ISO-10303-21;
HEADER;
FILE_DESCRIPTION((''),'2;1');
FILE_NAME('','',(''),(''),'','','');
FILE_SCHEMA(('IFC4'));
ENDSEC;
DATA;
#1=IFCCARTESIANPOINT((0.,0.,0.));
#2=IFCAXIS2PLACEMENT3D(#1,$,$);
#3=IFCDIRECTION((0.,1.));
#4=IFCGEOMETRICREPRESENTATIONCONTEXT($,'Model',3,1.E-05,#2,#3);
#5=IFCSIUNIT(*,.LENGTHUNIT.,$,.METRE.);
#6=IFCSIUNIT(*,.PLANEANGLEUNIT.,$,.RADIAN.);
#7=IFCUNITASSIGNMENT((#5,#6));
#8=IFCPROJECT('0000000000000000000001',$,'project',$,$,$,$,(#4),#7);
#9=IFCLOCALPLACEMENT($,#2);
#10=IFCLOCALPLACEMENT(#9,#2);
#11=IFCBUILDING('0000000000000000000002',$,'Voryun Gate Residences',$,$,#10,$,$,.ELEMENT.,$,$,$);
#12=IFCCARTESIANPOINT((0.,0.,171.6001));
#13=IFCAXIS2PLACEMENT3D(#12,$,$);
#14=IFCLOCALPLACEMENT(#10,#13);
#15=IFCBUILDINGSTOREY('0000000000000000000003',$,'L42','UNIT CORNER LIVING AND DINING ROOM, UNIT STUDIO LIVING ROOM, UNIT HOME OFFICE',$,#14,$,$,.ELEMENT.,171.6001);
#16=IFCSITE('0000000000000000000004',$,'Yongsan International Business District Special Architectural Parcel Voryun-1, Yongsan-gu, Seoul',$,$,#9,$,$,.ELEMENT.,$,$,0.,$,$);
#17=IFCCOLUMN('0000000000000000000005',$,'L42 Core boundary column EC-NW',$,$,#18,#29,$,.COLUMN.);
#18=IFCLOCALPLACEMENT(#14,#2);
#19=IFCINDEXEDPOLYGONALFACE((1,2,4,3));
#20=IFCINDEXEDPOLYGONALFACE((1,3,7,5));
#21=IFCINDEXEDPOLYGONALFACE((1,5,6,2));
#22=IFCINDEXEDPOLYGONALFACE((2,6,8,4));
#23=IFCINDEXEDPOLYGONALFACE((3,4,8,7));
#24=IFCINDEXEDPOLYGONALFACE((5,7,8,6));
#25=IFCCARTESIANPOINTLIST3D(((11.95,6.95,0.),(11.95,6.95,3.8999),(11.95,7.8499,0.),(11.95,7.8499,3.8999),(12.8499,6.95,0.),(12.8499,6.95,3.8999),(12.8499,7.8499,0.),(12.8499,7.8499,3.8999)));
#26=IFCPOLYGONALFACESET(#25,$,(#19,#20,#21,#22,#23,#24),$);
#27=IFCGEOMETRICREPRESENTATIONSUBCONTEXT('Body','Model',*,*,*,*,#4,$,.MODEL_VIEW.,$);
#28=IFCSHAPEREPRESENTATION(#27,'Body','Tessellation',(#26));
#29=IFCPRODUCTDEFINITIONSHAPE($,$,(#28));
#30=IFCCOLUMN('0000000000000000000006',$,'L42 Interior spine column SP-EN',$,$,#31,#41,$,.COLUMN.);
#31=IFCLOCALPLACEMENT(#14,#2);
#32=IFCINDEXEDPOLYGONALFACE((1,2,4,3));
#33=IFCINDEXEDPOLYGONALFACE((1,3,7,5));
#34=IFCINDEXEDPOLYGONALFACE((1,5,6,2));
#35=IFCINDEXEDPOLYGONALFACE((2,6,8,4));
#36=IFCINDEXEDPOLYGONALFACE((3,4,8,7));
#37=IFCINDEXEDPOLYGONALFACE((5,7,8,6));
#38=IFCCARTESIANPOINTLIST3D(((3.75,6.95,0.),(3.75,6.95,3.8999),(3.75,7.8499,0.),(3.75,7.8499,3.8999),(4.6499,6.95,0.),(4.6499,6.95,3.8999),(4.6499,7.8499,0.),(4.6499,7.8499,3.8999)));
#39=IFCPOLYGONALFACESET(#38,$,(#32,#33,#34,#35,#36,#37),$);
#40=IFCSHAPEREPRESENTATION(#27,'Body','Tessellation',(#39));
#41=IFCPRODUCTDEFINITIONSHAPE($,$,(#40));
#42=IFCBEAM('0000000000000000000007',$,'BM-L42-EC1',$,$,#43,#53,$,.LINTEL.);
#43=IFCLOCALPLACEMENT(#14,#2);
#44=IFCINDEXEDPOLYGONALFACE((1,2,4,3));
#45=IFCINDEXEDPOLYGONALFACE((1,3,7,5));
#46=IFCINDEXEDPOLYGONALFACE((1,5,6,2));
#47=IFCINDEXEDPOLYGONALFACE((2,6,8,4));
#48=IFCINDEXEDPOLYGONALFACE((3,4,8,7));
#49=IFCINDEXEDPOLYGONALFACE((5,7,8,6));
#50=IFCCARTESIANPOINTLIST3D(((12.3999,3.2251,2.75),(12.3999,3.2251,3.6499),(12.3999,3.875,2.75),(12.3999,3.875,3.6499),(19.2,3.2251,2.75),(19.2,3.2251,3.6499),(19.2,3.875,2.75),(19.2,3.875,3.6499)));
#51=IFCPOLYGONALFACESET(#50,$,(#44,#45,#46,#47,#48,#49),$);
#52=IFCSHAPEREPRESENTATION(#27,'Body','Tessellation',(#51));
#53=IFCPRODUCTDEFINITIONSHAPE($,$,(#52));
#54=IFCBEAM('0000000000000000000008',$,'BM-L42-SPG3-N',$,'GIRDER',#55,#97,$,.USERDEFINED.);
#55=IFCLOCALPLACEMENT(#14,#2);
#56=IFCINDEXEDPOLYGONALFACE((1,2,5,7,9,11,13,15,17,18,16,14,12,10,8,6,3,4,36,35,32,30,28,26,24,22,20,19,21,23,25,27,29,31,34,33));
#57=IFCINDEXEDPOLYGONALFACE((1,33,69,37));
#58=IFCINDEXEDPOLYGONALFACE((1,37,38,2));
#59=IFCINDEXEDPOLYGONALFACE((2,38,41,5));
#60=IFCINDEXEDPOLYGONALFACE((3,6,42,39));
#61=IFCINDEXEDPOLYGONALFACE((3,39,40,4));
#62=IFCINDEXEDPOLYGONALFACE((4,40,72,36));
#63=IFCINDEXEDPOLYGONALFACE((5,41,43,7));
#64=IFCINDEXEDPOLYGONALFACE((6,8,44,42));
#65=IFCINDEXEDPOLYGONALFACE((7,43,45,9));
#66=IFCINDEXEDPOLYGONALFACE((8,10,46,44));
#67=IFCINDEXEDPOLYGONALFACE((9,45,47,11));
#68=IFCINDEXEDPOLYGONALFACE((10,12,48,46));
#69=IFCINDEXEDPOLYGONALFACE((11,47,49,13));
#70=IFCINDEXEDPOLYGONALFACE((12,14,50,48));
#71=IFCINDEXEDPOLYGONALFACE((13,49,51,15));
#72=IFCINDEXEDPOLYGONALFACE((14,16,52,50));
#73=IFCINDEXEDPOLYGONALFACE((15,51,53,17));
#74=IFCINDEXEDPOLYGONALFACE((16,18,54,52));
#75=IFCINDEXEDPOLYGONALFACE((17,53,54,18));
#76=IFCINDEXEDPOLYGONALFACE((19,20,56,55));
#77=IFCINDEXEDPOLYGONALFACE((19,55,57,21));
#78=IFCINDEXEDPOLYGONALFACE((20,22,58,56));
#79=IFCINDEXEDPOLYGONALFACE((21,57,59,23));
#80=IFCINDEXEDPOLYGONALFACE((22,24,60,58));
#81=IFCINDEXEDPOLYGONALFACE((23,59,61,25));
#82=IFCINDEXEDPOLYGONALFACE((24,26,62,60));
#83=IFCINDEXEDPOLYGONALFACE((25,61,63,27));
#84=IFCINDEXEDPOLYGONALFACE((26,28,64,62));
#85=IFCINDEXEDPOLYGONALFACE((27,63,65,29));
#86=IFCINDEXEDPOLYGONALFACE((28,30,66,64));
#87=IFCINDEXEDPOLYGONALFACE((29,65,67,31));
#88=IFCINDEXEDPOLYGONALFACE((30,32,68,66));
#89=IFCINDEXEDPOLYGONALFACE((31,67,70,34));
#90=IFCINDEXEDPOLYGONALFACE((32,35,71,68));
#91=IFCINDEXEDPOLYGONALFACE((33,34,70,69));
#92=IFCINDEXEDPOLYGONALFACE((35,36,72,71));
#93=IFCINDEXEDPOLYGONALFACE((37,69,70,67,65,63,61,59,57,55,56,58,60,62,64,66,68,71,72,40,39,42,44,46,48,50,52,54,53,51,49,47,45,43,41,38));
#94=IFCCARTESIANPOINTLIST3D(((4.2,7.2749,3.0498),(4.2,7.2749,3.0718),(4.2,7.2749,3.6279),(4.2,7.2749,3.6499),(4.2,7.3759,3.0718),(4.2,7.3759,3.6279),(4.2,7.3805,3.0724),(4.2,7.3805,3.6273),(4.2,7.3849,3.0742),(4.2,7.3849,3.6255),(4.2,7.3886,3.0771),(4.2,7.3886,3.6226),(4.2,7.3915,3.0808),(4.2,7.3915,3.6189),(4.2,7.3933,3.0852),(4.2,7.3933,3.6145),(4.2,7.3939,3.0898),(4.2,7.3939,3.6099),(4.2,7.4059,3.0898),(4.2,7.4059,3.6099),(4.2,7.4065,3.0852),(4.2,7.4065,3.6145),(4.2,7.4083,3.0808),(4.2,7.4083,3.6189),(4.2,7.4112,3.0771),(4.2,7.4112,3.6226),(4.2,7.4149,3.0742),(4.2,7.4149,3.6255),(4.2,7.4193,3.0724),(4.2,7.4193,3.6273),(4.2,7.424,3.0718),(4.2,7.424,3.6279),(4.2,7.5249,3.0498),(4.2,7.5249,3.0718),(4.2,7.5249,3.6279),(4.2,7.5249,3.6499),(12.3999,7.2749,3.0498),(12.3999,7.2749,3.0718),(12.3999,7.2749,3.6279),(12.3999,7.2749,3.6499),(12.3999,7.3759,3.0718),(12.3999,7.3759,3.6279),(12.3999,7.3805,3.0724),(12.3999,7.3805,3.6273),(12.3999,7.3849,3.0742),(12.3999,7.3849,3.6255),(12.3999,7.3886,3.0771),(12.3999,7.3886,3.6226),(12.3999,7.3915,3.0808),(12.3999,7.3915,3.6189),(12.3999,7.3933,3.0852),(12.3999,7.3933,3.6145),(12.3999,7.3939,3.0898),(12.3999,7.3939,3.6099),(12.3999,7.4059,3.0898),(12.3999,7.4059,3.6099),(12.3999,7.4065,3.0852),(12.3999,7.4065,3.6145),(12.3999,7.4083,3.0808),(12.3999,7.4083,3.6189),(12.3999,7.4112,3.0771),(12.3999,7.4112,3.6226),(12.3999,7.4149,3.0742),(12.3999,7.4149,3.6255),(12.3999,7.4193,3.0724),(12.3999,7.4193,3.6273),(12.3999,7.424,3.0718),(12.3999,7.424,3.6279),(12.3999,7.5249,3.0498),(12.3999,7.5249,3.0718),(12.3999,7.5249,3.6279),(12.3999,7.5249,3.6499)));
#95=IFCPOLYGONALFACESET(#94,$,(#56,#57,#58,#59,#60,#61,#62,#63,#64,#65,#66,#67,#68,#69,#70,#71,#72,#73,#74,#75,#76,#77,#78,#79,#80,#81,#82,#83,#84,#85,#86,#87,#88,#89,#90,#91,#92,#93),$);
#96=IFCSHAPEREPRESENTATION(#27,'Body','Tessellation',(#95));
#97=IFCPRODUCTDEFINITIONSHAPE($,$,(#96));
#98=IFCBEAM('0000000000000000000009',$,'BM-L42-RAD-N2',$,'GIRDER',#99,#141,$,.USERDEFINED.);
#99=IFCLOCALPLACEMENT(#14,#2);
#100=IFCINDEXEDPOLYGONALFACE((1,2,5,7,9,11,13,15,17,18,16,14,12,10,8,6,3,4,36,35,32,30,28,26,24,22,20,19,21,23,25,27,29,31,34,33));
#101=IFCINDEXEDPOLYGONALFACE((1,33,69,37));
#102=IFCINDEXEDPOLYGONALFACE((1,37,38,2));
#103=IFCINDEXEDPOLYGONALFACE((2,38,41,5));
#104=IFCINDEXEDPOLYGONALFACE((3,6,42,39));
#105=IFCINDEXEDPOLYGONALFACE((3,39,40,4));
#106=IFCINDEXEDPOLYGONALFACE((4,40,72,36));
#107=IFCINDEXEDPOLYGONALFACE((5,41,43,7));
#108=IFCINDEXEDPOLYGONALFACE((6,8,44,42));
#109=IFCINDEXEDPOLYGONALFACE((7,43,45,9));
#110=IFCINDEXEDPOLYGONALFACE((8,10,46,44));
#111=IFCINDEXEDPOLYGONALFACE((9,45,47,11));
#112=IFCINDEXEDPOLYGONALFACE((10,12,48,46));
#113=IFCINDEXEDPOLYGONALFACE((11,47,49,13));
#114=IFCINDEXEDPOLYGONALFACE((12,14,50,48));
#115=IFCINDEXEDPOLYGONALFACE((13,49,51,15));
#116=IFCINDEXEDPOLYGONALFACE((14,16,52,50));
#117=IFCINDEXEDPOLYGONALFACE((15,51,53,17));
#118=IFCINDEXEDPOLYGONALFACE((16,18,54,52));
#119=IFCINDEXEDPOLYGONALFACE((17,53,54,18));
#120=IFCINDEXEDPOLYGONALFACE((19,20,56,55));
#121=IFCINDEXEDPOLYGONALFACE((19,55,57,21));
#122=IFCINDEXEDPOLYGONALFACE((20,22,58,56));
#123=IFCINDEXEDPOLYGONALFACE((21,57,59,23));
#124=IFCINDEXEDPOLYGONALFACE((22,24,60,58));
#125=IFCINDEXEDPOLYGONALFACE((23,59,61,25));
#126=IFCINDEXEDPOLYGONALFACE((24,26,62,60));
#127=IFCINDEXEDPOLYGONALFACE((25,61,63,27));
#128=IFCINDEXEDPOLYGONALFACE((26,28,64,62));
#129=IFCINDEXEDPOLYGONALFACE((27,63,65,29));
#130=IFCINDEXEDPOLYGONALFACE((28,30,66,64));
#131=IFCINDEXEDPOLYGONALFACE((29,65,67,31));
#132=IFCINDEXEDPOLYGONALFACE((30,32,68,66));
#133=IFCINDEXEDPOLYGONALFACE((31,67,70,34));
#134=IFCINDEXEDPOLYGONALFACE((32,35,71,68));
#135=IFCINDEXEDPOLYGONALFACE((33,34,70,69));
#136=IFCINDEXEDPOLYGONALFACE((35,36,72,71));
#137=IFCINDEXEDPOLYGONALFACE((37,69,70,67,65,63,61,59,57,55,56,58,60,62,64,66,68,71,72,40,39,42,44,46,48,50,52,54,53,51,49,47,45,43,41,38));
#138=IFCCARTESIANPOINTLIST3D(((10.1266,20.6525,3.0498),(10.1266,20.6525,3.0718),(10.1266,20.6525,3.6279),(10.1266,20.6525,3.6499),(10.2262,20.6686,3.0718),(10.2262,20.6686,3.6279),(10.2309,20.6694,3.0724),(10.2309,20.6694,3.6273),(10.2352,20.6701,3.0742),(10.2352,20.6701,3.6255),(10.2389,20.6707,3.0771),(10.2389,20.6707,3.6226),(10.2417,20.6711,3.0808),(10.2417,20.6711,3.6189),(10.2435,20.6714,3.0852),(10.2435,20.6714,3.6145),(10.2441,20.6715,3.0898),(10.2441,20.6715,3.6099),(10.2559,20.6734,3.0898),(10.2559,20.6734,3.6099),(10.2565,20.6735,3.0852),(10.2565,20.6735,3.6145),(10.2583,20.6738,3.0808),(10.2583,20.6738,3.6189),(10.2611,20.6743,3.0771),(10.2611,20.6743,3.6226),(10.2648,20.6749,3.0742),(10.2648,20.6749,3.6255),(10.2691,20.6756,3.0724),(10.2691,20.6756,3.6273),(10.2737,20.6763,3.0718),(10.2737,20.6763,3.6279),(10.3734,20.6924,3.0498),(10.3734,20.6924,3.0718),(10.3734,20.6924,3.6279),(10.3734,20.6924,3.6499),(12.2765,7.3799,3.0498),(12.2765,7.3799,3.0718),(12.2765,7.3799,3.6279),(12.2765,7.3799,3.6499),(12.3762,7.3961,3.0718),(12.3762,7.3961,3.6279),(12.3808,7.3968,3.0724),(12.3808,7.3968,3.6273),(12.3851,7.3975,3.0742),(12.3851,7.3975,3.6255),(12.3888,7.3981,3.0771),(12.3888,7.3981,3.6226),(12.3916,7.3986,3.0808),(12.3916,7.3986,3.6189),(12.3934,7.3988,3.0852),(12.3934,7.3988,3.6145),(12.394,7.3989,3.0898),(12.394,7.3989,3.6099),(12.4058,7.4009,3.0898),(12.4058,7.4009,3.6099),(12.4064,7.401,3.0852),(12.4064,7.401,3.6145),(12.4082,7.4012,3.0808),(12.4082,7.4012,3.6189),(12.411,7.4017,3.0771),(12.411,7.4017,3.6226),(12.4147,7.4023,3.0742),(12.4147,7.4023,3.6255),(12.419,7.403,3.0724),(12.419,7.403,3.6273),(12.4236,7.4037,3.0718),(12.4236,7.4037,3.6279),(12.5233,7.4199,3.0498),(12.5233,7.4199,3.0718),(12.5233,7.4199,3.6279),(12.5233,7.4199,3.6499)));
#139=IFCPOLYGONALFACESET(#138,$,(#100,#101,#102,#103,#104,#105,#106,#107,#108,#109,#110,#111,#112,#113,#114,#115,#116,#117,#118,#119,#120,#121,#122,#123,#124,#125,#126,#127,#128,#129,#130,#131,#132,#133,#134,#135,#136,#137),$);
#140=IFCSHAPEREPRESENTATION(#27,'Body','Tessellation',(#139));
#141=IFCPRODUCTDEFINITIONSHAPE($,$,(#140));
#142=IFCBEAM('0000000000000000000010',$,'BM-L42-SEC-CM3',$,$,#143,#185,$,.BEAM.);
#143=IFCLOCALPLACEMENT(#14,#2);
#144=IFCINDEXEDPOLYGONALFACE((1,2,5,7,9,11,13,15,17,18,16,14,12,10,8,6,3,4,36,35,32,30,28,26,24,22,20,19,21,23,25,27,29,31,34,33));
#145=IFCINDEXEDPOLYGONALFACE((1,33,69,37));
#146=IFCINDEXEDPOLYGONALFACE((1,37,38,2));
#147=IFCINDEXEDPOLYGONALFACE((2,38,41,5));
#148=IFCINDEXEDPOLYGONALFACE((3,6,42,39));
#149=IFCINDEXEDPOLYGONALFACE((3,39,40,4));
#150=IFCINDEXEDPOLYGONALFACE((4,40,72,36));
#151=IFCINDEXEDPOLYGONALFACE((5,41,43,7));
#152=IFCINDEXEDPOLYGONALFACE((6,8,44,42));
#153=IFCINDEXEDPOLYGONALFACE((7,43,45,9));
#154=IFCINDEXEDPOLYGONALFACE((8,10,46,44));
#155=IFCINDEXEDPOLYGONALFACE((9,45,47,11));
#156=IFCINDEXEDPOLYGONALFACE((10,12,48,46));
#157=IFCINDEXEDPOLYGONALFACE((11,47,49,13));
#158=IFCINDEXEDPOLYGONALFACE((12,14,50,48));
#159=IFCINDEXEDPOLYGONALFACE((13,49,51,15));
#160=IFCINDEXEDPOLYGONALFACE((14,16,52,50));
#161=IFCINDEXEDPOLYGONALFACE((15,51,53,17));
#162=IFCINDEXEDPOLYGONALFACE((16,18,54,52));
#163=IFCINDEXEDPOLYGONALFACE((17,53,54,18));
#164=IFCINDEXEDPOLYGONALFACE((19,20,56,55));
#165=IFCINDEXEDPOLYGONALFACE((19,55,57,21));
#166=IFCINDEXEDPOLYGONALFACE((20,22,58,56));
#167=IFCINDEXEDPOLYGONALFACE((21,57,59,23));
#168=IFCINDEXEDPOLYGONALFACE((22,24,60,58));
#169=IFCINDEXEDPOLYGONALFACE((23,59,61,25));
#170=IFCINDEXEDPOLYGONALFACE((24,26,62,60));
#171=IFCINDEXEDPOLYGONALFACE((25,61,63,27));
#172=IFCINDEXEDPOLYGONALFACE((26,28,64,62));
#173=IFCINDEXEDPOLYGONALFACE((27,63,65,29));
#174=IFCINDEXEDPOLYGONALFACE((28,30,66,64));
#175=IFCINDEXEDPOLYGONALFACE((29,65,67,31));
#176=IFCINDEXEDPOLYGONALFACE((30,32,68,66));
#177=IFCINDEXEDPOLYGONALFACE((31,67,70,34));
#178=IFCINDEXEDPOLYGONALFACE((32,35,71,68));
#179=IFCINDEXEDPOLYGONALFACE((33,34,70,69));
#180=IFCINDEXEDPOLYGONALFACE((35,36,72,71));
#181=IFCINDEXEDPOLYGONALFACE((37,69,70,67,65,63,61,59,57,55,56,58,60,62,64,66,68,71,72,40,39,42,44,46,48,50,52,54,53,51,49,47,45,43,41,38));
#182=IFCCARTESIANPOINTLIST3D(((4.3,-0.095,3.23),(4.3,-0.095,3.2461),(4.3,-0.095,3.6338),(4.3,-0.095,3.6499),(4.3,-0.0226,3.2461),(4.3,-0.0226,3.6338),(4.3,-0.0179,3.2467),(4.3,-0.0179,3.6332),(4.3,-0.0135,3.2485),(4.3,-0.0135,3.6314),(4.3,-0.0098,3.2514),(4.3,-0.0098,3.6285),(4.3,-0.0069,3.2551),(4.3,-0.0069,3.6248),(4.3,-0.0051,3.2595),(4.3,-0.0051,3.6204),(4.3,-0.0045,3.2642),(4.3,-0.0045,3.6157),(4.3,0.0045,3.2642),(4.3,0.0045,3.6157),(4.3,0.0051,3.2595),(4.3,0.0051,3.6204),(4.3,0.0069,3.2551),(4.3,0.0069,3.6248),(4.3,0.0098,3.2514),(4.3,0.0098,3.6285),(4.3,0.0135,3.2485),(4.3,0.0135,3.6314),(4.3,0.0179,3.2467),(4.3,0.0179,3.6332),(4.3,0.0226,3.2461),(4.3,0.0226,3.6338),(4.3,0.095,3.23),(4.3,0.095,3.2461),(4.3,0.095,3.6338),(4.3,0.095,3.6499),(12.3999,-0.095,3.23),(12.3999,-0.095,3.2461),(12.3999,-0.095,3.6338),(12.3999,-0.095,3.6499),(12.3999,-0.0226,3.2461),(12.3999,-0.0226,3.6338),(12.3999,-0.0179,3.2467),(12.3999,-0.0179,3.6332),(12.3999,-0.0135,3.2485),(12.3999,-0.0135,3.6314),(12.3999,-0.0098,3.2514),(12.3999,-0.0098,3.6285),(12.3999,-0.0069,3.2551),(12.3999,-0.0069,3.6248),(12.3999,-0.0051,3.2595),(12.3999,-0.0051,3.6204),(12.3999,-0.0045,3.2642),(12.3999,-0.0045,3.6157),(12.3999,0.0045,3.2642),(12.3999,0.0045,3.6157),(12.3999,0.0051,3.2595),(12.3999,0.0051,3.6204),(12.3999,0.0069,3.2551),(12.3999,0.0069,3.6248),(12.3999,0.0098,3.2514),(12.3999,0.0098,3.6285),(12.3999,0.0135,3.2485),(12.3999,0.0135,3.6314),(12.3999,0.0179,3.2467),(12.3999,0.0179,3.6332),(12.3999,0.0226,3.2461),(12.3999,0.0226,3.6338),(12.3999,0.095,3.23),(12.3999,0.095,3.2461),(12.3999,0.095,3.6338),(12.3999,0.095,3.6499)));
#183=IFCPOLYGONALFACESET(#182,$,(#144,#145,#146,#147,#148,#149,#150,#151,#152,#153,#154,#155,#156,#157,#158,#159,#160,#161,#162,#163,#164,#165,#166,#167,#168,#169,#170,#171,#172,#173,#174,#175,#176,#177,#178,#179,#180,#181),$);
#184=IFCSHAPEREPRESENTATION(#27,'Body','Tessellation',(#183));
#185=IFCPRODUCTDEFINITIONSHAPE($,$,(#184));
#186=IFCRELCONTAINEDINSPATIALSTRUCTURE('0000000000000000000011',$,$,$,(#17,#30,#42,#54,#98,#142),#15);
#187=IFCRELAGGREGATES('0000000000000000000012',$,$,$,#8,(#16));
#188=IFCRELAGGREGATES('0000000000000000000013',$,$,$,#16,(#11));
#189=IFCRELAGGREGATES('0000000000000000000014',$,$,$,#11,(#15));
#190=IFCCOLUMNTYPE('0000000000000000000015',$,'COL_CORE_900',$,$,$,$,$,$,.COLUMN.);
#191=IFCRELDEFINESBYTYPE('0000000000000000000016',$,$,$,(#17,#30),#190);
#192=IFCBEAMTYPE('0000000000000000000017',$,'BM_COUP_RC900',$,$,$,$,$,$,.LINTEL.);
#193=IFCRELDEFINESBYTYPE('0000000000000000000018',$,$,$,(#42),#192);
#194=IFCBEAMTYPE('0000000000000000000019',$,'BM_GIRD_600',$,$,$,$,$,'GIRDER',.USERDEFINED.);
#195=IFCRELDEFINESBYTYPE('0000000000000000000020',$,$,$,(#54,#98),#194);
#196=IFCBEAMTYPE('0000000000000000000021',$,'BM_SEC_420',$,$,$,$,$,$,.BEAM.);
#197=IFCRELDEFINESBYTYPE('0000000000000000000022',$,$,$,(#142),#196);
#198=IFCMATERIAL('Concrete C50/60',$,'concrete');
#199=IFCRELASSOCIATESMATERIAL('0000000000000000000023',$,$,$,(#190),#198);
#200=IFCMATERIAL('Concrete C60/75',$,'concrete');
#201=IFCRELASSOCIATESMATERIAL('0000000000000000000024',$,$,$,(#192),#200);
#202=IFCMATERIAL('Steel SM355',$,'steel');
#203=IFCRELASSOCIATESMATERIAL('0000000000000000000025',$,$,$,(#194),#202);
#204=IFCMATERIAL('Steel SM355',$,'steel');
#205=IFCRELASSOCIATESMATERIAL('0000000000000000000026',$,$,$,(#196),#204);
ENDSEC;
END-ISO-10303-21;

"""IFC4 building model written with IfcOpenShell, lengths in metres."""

from ifc_helpers import new_model, si_unit, direction, frame, origin, origin_2d, place, context, subcontext, project, spatial, rectangle, i_section, extrude, material, material_profile, profile_set, type_object, element, save


model = new_model("IFC4")

# Units and contexts
model_context = context("Model", 3, precision=1e-05, world=origin(), true_north=direction((0.0, 1.0)))
body_context = subcontext(model_context, "Body", "Model", "MODEL_VIEW")
ifc_project = project(units=[si_unit("LENGTHUNIT", "METRE"), si_unit("PLANEANGLEUNIT", "RADIAN")], contexts=[model_context])

# Site, building, storey
site_placement = place(None, origin())
site = spatial("IfcSite", under=ifc_project, at=site_placement, Name="Yongsan International Business District Special Architectural Parcel Voryun-1, Yongsan-gu, Seoul", CompositionType="ELEMENT", RefElevation=0.0)
building_placement = place(site_placement, origin())
building = spatial("IfcBuilding", under=site, at=building_placement, Name="Voryun Gate Residences", CompositionType="ELEMENT")
storey_placement = place(building_placement, frame((0.0, 0.0, 171.6001)))
storey = spatial("IfcBuildingStorey", under=building, at=storey_placement, Name="L42", Description="UNIT CORNER LIVING AND DINING ROOM, UNIT STUDIO LIVING ROOM, UNIT HOME OFFICE", CompositionType="ELEMENT", Elevation=171.6001)

# Columns
ifc_material_1 = material(Name="Concrete C50/60", Category="concrete")
ifc_material_profile_1 = material_profile(ifc_material_1, rectangle(XDim=0.8999, YDim=0.8999, at=origin_2d()), Name="RC-900x900")
ifc_profile_set_1 = profile_set([ifc_material_profile_1], Name="Concrete C50/60")
column_type = type_object("IfcColumnType", Name="COL_CORE_900", PredefinedType="COLUMN", material=ifc_profile_set_1)
for number, where, z_axis, x_axis, name in (
    (1, (12.3999, 7.3999, 0.0), (0.0, 0.0, 1.0), (1.0, 0.0, 0.0), "L42 Core boundary column EC-NW"),
    (2, (4.2, 7.3999, 0.0), (0.0, 0.0, 1.0), (1.0, 0.0, 0.0), "L42 Interior spine column SP-EN"),
):
    element("IfcColumn", number, at=place(storey_placement, frame(where, z_axis=z_axis, x_axis=x_axis)), inside=storey, type_object=column_type, Name=name, PredefinedType="COLUMN", context=body_context, shape_type="SweptSolid", body=[
        extrude(rectangle(XDim=0.8999, YDim=0.8999, at=origin_2d()), origin(), (0.0, 0.0, 1.0), 3.8999),
    ])

# Beams
ifc_material_2 = material(Name="Concrete C60/75", Category="concrete")
ifc_material_profile_2 = material_profile(ifc_material_2, rectangle(XDim=0.6499, YDim=0.8999, at=origin_2d()), Name="RC-650x900")
ifc_profile_set_2 = profile_set([ifc_material_profile_2], Name="Concrete C60/75")
beam_type_1 = type_object("IfcBeamType", Name="BM_COUP_RC900", PredefinedType="LINTEL", material=ifc_profile_set_2)
beam_1_placement = place(storey_placement, frame((12.3999, 3.55, 3.2), z_axis=(1.0, 0.0, 0.0), x_axis=(0.0, 1.0, 0.0)))
element("IfcBeam", 3, at=beam_1_placement, inside=storey, type_object=beam_type_1, Name="BM-L42-EC1", PredefinedType="LINTEL", context=body_context, shape_type="SweptSolid", body=[
    extrude(rectangle(XDim=0.6499, YDim=0.8999, at=origin_2d()), origin(), (0.0, 0.0, 1.0), 6.8),
])
ifc_material_3 = material(Name="Steel SM355", Category="steel")
ifc_material_profile_3 = material_profile(ifc_material_3, i_section(OverallWidth=0.25, OverallDepth=0.6001, WebThickness=0.012, FlangeThickness=0.022, FilletRadius=0.0181, at=origin_2d()), Name="H-600x250x12x22")
ifc_profile_set_3 = profile_set([ifc_material_profile_3], Name="Steel SM355")
beam_type_2 = type_object("IfcBeamType", Name="BM_GIRD_600", ElementType="GIRDER", PredefinedType="USERDEFINED", material=ifc_profile_set_3)
beam_2_placement = place(storey_placement, frame((4.2, 7.3999, 3.3499), z_axis=(1.0, 0.0, 0.0), x_axis=(0.0, 1.0, 0.0)))
element("IfcBeam", 4, at=beam_2_placement, inside=storey, type_object=beam_type_2, Name="BM-L42-SPG3-N", ObjectType="GIRDER", PredefinedType="USERDEFINED", context=body_context, shape_type="SweptSolid", body=[
    extrude(i_section(OverallWidth=0.25, OverallDepth=0.6001, WebThickness=0.012, FlangeThickness=0.022, FilletRadius=0.0181, at=origin_2d()), origin(), (0.0, 0.0, 1.0), 8.2),
])
beam_3_placement = place(storey_placement, frame((12.3999, 7.3999, 3.3499), z_axis=(-0.159898, 0.987134, 0.0), x_axis=(-0.987134, -0.159898, 0.0)))
element("IfcBeam", 5, at=beam_3_placement, inside=storey, type_object=beam_type_2, Name="BM-L42-RAD-N2", ObjectType="GIRDER", PredefinedType="USERDEFINED", context=body_context, shape_type="SweptSolid", body=[
    extrude(i_section(OverallWidth=0.25, OverallDepth=0.6001, WebThickness=0.012, FlangeThickness=0.022, FilletRadius=0.0181, at=origin_2d()), origin(), (0.0, 0.0, 1.0), 13.4456),
])
ifc_material_4 = material(Name="Steel SM355", Category="steel")
ifc_material_profile_4 = material_profile(ifc_material_4, i_section(OverallWidth=0.1899, OverallDepth=0.4199, WebThickness=0.009, FlangeThickness=0.0161, FilletRadius=0.0181, at=origin_2d()), Name="H-420x190x9x16")
ifc_profile_set_4 = profile_set([ifc_material_profile_4], Name="Steel SM355")
beam_type_3 = type_object("IfcBeamType", Name="BM_SEC_420", PredefinedType="BEAM", material=ifc_profile_set_4)
for number, where, z_axis, x_axis, name in (
    (6, (4.3, 0.0, 3.4399), (1.0, 0.0, 0.0), (0.0, 1.0, 0.0), "BM-L42-SEC-CM3"),
):
    element("IfcBeam", number, at=place(storey_placement, frame(where, z_axis=z_axis, x_axis=x_axis)), inside=storey, type_object=beam_type_3, Name=name, PredefinedType="BEAM", context=body_context, shape_type="SweptSolid", body=[
        extrude(i_section(OverallWidth=0.1899, OverallDepth=0.4199, WebThickness=0.009, FlangeThickness=0.0161, FilletRadius=0.0181, at=origin_2d()), origin(), (0.0, 0.0, 1.0), 8.0999),
    ])

save(model, "model.ifc")
